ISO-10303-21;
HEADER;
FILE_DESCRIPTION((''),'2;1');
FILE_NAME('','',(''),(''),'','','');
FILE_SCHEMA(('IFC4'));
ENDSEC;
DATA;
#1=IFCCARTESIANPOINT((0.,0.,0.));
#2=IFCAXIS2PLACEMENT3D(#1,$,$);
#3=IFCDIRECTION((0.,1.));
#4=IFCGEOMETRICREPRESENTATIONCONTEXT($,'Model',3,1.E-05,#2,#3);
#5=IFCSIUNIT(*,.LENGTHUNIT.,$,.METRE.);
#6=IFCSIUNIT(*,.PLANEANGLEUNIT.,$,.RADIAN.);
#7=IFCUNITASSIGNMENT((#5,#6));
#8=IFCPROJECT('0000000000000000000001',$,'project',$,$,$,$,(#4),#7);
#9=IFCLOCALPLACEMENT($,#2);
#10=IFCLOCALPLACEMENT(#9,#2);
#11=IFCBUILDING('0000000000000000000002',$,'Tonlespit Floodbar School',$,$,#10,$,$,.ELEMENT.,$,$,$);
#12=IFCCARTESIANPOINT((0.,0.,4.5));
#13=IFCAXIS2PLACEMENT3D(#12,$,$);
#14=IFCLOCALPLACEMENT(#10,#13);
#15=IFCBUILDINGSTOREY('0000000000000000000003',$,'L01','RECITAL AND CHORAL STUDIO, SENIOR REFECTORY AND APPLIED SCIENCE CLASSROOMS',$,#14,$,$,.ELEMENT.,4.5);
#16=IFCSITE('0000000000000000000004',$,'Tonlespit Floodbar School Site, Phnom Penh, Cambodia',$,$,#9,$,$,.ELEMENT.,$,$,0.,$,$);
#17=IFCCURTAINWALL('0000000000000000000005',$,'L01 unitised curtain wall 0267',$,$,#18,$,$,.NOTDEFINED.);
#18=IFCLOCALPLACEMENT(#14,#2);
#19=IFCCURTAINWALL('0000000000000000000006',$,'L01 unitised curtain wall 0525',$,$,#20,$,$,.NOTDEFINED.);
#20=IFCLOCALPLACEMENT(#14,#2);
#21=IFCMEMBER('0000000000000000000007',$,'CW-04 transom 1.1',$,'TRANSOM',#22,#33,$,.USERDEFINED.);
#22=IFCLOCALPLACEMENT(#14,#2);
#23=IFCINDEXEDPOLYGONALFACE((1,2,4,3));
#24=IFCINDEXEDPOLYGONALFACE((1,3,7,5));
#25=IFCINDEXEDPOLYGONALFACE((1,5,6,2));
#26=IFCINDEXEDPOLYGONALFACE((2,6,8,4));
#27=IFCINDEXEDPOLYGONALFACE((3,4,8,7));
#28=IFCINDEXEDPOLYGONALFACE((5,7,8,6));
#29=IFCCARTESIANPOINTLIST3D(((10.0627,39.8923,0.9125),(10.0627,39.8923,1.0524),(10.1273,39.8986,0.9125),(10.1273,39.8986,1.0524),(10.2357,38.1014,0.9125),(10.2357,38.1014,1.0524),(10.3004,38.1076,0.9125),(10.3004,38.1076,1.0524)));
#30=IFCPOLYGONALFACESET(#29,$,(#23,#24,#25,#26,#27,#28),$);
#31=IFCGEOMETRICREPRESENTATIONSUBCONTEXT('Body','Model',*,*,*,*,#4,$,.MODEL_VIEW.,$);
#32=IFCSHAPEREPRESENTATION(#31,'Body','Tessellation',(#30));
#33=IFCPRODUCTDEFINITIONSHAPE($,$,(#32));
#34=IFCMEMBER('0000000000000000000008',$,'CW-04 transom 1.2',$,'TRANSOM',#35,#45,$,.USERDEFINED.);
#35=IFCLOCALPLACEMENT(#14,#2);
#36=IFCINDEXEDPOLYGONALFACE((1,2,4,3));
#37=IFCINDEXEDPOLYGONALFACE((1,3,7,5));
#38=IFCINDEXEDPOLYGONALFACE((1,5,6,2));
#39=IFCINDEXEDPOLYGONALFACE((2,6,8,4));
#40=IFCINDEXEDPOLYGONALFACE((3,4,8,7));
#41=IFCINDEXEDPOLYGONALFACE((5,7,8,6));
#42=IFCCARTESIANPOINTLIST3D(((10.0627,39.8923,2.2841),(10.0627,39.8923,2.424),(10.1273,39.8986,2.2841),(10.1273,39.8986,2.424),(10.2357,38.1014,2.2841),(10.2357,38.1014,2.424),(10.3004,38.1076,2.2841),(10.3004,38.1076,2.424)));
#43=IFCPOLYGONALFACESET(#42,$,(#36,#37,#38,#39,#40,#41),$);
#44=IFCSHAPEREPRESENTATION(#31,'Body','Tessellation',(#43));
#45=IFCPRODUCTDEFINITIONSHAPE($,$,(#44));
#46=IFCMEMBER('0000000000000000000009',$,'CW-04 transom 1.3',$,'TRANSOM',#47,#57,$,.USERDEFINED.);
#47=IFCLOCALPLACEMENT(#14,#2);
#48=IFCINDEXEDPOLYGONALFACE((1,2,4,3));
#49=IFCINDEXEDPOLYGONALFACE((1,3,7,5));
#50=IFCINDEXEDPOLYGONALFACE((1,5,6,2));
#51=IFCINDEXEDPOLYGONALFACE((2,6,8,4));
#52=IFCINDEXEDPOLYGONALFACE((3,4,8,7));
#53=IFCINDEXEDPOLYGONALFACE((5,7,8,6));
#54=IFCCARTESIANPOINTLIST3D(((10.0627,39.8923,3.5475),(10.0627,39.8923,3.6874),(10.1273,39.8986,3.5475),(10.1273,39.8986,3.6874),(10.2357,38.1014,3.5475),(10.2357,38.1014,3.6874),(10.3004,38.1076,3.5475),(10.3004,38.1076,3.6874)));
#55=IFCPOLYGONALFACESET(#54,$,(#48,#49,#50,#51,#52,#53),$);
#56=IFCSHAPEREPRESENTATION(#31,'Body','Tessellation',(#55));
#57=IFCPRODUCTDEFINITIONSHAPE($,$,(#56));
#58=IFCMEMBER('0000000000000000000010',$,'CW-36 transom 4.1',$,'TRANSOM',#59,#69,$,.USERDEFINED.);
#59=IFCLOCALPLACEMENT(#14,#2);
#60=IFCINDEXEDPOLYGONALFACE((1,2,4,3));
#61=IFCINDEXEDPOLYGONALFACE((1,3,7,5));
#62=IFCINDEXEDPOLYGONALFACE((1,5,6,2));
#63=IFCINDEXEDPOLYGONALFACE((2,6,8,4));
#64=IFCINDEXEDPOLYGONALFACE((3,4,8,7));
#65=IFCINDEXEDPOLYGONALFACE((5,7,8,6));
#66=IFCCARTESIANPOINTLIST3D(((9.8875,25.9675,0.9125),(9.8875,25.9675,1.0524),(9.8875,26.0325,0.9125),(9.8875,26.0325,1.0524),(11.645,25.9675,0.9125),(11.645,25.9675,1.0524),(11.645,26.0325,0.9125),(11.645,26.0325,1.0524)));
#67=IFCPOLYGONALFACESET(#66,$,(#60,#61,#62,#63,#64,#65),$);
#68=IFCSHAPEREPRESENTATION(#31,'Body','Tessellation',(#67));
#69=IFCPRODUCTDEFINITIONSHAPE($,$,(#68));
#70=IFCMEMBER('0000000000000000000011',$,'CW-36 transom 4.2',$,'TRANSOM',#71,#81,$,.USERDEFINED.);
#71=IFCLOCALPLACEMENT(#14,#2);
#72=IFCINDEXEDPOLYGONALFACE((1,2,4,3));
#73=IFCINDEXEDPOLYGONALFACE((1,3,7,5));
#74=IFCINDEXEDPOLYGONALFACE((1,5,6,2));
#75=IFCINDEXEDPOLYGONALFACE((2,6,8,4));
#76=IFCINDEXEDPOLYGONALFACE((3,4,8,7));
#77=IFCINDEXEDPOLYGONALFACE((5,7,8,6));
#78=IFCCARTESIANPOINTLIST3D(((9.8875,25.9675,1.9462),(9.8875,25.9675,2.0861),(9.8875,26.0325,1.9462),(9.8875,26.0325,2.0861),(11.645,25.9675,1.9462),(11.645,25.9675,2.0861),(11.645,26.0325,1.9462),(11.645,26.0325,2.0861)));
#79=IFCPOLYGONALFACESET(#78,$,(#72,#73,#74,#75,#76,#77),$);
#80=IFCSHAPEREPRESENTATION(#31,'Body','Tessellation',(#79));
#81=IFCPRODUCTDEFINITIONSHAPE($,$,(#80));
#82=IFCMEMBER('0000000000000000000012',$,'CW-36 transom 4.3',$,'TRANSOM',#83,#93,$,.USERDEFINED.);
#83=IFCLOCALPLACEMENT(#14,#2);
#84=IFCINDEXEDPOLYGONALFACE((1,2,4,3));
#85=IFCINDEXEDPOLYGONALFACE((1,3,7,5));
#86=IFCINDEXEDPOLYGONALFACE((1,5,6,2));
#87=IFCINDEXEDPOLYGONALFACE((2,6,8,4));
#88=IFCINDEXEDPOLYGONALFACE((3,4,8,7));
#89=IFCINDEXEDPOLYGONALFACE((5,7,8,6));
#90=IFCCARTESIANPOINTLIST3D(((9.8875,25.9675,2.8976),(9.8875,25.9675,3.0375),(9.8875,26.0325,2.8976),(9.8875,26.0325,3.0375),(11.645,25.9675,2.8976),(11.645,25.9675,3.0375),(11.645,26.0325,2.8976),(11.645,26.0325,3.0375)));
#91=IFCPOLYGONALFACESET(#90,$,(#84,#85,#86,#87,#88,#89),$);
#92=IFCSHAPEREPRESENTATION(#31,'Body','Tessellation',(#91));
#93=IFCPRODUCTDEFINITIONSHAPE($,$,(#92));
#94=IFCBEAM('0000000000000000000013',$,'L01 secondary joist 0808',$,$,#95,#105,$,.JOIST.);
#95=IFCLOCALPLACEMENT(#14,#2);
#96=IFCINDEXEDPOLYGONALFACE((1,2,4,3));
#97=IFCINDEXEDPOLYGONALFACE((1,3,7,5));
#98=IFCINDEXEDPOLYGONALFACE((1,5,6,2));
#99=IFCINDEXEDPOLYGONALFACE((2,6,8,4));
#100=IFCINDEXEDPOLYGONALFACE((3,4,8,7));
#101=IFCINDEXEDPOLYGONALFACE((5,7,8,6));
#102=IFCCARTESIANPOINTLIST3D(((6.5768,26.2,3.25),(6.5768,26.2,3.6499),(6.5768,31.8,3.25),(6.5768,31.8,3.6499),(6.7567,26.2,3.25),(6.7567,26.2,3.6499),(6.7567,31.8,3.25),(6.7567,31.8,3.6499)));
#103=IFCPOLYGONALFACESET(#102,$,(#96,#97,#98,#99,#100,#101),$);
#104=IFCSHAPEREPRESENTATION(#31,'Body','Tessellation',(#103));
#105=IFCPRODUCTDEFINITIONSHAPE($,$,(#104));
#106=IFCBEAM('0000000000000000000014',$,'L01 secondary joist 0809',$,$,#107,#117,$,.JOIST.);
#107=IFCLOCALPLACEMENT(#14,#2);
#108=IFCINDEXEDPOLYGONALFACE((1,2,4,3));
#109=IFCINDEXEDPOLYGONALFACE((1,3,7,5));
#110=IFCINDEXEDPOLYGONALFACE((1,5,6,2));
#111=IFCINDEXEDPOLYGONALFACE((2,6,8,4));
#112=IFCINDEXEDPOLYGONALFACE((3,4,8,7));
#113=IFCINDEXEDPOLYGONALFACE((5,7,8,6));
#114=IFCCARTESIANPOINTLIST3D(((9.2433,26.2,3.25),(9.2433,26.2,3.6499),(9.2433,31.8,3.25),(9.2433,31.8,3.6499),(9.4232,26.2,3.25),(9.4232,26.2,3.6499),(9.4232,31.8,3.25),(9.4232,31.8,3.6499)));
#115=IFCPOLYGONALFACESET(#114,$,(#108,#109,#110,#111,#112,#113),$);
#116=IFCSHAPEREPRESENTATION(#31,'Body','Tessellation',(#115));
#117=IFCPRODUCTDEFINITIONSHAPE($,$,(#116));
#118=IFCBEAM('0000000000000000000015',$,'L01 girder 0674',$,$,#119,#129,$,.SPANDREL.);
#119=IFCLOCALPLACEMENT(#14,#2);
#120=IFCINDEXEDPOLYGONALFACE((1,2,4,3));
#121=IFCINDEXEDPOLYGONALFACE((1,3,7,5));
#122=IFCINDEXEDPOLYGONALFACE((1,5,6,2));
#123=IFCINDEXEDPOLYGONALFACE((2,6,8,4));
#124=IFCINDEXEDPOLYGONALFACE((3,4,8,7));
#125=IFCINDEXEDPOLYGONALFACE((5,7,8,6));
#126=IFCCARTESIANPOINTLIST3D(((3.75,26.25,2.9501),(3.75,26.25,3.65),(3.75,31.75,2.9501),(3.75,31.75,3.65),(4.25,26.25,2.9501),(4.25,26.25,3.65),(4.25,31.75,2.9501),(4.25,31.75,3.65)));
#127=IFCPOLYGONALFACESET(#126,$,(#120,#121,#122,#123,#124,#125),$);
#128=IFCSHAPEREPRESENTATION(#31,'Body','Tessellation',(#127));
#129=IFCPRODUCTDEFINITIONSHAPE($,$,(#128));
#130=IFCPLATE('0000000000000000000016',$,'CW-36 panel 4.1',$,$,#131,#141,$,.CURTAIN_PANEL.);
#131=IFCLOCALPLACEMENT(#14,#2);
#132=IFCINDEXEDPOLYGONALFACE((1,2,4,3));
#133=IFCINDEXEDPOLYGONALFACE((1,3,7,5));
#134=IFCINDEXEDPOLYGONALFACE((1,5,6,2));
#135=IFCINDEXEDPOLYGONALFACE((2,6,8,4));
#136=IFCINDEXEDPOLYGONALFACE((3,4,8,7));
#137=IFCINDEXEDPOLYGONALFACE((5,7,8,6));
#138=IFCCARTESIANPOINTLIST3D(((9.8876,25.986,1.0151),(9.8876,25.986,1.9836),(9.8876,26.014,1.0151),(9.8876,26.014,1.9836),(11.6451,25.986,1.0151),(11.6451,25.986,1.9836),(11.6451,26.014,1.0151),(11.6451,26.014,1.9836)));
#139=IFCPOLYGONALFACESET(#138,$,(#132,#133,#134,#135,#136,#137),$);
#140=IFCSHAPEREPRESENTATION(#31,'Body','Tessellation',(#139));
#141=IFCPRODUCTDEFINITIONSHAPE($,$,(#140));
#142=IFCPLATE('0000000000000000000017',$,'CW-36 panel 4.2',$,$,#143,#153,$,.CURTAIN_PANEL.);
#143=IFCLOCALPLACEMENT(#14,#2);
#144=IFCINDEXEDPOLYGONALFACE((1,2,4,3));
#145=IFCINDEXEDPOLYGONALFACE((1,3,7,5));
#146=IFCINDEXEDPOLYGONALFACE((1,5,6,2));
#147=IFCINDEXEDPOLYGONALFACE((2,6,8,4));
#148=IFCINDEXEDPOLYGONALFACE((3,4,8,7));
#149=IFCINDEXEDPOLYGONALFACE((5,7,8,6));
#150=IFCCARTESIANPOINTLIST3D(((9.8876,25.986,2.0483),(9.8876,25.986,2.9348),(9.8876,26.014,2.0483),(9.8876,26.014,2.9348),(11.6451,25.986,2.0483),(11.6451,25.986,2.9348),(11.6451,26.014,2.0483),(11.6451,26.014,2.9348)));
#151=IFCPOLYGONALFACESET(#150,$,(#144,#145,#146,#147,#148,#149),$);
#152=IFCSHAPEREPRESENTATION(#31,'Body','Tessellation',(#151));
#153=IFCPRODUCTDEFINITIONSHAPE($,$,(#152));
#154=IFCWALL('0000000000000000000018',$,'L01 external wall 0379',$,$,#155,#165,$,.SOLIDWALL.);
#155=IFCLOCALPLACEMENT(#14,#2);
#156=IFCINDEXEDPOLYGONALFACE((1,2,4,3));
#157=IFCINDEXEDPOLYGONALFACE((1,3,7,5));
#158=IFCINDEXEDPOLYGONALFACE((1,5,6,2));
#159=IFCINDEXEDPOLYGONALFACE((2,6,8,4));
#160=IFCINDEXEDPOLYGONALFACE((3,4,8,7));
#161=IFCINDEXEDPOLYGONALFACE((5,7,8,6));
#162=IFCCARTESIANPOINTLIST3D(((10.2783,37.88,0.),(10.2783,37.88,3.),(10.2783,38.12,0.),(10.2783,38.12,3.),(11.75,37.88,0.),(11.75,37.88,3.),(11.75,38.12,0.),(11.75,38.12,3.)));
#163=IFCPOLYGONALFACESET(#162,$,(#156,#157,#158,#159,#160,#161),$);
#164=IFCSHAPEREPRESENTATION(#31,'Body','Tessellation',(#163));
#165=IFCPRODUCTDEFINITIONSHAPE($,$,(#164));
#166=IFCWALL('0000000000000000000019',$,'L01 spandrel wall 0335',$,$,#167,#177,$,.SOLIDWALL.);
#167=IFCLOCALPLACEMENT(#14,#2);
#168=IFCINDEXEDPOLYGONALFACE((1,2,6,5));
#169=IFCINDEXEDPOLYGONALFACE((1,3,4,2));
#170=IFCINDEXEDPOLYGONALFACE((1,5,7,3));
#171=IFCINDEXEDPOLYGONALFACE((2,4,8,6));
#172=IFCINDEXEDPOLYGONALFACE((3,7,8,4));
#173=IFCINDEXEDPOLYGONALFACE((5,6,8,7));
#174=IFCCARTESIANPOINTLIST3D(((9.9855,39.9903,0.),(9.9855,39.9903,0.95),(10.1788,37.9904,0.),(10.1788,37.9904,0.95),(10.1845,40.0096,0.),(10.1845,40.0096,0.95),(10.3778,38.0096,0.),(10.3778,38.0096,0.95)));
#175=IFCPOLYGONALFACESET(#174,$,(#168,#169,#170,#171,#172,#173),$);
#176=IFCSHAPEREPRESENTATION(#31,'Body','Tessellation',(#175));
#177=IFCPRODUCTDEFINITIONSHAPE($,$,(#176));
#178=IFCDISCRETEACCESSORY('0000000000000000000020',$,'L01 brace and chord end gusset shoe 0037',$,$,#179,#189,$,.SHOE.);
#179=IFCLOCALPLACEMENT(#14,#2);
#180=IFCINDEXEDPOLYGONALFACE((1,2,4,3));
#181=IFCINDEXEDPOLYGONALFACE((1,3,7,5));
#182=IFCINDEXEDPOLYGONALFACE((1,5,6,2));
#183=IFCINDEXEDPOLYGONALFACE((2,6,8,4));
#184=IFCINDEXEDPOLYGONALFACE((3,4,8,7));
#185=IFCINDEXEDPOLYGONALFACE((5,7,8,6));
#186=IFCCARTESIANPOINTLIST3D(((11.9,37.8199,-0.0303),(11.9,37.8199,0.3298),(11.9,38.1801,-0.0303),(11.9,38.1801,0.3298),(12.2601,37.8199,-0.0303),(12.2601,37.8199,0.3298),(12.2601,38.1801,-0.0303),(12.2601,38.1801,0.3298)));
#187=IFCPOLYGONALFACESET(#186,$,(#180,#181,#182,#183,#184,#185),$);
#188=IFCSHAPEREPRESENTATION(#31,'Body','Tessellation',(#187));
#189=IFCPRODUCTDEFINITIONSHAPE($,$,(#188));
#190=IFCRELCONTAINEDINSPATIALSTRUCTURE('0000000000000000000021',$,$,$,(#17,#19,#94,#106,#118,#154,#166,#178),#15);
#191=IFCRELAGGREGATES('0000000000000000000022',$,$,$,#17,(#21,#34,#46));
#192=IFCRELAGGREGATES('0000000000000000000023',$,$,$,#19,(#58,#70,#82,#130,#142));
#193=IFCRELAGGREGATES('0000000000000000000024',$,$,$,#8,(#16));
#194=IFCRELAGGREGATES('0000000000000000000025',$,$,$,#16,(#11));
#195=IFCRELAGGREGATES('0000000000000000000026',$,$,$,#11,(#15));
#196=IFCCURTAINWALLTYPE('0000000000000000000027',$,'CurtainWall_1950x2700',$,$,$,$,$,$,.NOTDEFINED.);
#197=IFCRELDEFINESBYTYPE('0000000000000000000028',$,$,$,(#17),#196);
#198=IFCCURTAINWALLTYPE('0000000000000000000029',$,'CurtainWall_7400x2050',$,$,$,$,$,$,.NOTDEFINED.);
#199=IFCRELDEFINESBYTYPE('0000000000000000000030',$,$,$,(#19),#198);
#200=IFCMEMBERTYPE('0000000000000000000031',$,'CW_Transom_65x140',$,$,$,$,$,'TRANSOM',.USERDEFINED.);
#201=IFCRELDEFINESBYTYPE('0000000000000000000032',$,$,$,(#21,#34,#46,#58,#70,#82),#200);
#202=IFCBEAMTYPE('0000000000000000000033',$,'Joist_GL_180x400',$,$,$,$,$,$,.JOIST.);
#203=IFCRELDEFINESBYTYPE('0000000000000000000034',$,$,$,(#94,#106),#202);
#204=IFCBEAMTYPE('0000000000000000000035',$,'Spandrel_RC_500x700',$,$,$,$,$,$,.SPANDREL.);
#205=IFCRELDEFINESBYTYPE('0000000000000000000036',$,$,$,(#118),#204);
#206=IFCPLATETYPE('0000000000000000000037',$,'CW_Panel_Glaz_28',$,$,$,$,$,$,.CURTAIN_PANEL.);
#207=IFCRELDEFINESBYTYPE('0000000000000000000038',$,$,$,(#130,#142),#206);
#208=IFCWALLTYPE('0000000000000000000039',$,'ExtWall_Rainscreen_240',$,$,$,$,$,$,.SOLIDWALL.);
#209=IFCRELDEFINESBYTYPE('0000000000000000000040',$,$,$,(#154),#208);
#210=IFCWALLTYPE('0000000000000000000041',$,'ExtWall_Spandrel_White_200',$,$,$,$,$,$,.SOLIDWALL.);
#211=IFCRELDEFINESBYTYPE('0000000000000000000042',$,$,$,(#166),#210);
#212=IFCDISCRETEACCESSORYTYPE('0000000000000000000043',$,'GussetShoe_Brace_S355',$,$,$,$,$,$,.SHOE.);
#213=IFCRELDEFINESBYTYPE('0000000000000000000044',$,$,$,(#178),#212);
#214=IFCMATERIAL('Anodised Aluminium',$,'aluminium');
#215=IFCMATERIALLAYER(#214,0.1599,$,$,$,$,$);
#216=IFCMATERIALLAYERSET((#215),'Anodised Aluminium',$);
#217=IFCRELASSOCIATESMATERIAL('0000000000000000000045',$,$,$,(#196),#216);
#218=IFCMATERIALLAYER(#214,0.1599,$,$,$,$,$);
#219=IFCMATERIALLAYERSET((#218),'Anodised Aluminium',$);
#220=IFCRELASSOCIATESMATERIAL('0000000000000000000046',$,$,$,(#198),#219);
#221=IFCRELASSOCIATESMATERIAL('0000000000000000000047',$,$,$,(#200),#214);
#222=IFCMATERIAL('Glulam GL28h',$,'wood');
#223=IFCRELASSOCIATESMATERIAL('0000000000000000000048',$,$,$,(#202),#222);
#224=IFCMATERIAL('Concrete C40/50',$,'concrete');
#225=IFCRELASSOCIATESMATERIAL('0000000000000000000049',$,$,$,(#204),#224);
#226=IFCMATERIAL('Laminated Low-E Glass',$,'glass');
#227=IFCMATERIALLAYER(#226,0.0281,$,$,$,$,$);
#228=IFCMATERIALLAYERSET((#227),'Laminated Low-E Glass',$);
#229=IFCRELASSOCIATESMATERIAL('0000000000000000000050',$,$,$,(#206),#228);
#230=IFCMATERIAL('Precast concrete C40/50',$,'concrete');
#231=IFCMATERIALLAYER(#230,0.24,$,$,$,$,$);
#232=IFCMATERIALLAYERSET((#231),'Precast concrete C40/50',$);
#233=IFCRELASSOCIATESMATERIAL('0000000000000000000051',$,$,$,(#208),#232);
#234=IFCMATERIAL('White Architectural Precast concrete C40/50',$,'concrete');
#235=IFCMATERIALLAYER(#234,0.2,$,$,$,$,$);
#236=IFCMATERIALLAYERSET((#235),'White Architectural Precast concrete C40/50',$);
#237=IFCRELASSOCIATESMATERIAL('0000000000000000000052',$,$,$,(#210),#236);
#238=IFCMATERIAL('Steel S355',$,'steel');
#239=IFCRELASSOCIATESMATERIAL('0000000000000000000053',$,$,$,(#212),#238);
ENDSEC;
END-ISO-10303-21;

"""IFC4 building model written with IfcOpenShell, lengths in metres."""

from ifc_helpers import new_model, si_unit, direction, frame, frame_2d, origin, origin_2d, place, context, subcontext, project, spatial, rectangle, extrude, material, layer, layer_set, material_profile, profile_set, type_object, element, aggregate, save


model = new_model("IFC4")

# Units and contexts
model_context = context("Model", 3, precision=1e-05, world=origin(), true_north=direction((0.0, 1.0)))
body_context = subcontext(model_context, "Body", "Model", "MODEL_VIEW")
ifc_project = project(units=[si_unit("LENGTHUNIT", "METRE"), si_unit("PLANEANGLEUNIT", "RADIAN")], contexts=[model_context])

# Site, building, storey
site_placement = place(None, origin())
site = spatial("IfcSite", under=ifc_project, at=site_placement, Name="Tonlespit Floodbar School Site, Phnom Penh, Cambodia", CompositionType="ELEMENT", RefElevation=0.0)
building_placement = place(site_placement, origin())
building = spatial("IfcBuilding", under=site, at=building_placement, Name="Tonlespit Floodbar School", CompositionType="ELEMENT")
storey_placement = place(building_placement, frame((0.0, 0.0, 4.5)))
storey = spatial("IfcBuildingStorey", under=building, at=storey_placement, Name="L01", Description="RECITAL AND CHORAL STUDIO, SENIOR REFECTORY AND APPLIED SCIENCE CLASSROOMS", CompositionType="ELEMENT", Elevation=4.5)

# Shared definitions
ifc_material_1 = material(Name="Concrete C40/50", Category="concrete")

# Shared definitions
ifc_material_2 = material(Name="Steel S355", Category="steel")

# Curtain wall
ifc_material_3 = material(Name="Anodised Aluminium", Category="aluminium")
ifc_layer_1 = layer(ifc_material_3, 0.1599)
ifc_layer_set_1 = layer_set([ifc_layer_1], Name="Anodised Aluminium")
curtain_wall_type_1 = type_object("IfcCurtainWallType", Name="CurtainWall_1950x2700", PredefinedType="NOTDEFINED", material=ifc_layer_set_1)
curtain_wall_1_placement = place(storey_placement, origin())
curtain_wall_1 = element("IfcCurtainWall", 1, at=curtain_wall_1_placement, inside=storey, type_object=curtain_wall_type_1, Name="L01 unitised curtain wall 0267", PredefinedType="NOTDEFINED")

# Curtain wall
ifc_layer_2 = layer(ifc_material_3, 0.1599)
ifc_layer_set_2 = layer_set([ifc_layer_2], Name="Anodised Aluminium")
curtain_wall_type_2 = type_object("IfcCurtainWallType", Name="CurtainWall_7400x2050", PredefinedType="NOTDEFINED", material=ifc_layer_set_2)
curtain_wall_2_placement = place(storey_placement, origin())
curtain_wall_2 = element("IfcCurtainWall", 2, at=curtain_wall_2_placement, inside=storey, type_object=curtain_wall_type_2, Name="L01 unitised curtain wall 0525", PredefinedType="NOTDEFINED")

# Members
ifc_material_profile_1 = material_profile(ifc_material_3, rectangle(XDim=0.0649, YDim=0.1399, at=origin_2d()), Name="ALU T65x140")
ifc_profile_set_1 = profile_set([ifc_material_profile_1], Name="Anodised Aluminium")
member_type_1 = type_object("IfcMemberType", Name="CW_Transom_65x140", ElementType="TRANSOM", PredefinedType="USERDEFINED", material=ifc_profile_set_1)
member_1_placement = place(storey_placement, frame((10.2681, 38.1045, 0.9824), z_axis=(-0.096198, 0.995362, 0.0), x_axis=(-0.995362, -0.096198, 0.0)))
member_1 = element("IfcMember", 3, at=member_1_placement, type_object=member_type_1, Name="CW-04 transom 1.1", ObjectType="TRANSOM", PredefinedType="USERDEFINED", context=body_context, shape_type="SweptSolid", body=[
    extrude(rectangle(XDim=0.0649, YDim=0.1399, at=origin_2d()), origin(), (0.0, 0.0, 1.0), 1.7993),
])
member_2_placement = place(storey_placement, frame((10.2681, 38.1045, 2.354), z_axis=(-0.096198, 0.995362, 0.0), x_axis=(-0.995362, -0.096198, 0.0)))
member_2 = element("IfcMember", 4, at=member_2_placement, type_object=member_type_1, Name="CW-04 transom 1.2", ObjectType="TRANSOM", PredefinedType="USERDEFINED", context=body_context, shape_type="SweptSolid", body=[
    extrude(rectangle(XDim=0.0649, YDim=0.1399, at=origin_2d()), origin(), (0.0, 0.0, 1.0), 1.7993),
])
member_3_placement = place(storey_placement, frame((10.2681, 38.1045, 3.6174), z_axis=(-0.096198, 0.995362, 0.0), x_axis=(-0.995362, -0.096198, 0.0)))
member_3 = element("IfcMember", 5, at=member_3_placement, type_object=member_type_1, Name="CW-04 transom 1.3", ObjectType="TRANSOM", PredefinedType="USERDEFINED", context=body_context, shape_type="SweptSolid", body=[
    extrude(rectangle(XDim=0.0649, YDim=0.1399, at=origin_2d()), origin(), (0.0, 0.0, 1.0), 1.7993),
])
aggregate(curtain_wall_1, [member_1, member_2, member_3])
member_4_placement = place(storey_placement, frame((9.8875, 26.0, 0.9824), z_axis=(1.0, 0.0, 0.0), x_axis=(0.0, 1.0, 0.0)))
member_4 = element("IfcMember", 6, at=member_4_placement, type_object=member_type_1, Name="CW-36 transom 4.1", ObjectType="TRANSOM", PredefinedType="USERDEFINED", context=body_context, shape_type="SweptSolid", body=[
    extrude(rectangle(XDim=0.0649, YDim=0.1399, at=origin_2d()), origin(), (0.0, 0.0, 1.0), 1.7576),
])
member_5_placement = place(storey_placement, frame((9.8875, 26.0, 2.0161), z_axis=(1.0, 0.0, 0.0), x_axis=(0.0, 1.0, 0.0)))
member_5 = element("IfcMember", 7, at=member_5_placement, type_object=member_type_1, Name="CW-36 transom 4.2", ObjectType="TRANSOM", PredefinedType="USERDEFINED", context=body_context, shape_type="SweptSolid", body=[
    extrude(rectangle(XDim=0.0649, YDim=0.1399, at=origin_2d()), origin(), (0.0, 0.0, 1.0), 1.7576),
])
member_6_placement = place(storey_placement, frame((9.8875, 26.0, 2.9675), z_axis=(1.0, 0.0, 0.0), x_axis=(0.0, 1.0, 0.0)))
member_6 = element("IfcMember", 8, at=member_6_placement, type_object=member_type_1, Name="CW-36 transom 4.3", ObjectType="TRANSOM", PredefinedType="USERDEFINED", context=body_context, shape_type="SweptSolid", body=[
    extrude(rectangle(XDim=0.0649, YDim=0.1399, at=origin_2d()), origin(), (0.0, 0.0, 1.0), 1.7576),
])

# Beams
ifc_material_4 = material(Name="Glulam GL28h", Category="wood")
ifc_material_profile_2 = material_profile(ifc_material_4, rectangle(XDim=0.1799, YDim=0.3999, at=origin_2d()), Name="GL 180x400")
ifc_profile_set_2 = profile_set([ifc_material_profile_2], Name="Glulam GL28h")
beam_type_1 = type_object("IfcBeamType", Name="Joist_GL_180x400", PredefinedType="JOIST", material=ifc_profile_set_2)
for number, where, z_axis, x_axis, name in (
    (9, (6.6667, 26.2, 3.45), (0.0, 1.0, 0.0), (-1.0, 0.0, 0.0), "L01 secondary joist 0808"),
    (10, (9.3333, 26.2, 3.45), (0.0, 1.0, 0.0), (-1.0, 0.0, 0.0), "L01 secondary joist 0809"),
):
    element("IfcBeam", number, at=place(storey_placement, frame(where, z_axis=z_axis, x_axis=x_axis)), inside=storey, type_object=beam_type_1, Name=name, PredefinedType="JOIST", context=body_context, shape_type="SweptSolid", body=[
        extrude(rectangle(XDim=0.1799, YDim=0.3999, at=origin_2d()), origin(), (0.0, 0.0, 1.0), 5.6001),
    ])
ifc_material_profile_3 = material_profile(ifc_material_1, rectangle(XDim=0.5, YDim=0.7, at=origin_2d()), Name="RC 500x700")
ifc_profile_set_3 = profile_set([ifc_material_profile_3], Name="Concrete C40/50")
beam_type_2 = type_object("IfcBeamType", Name="Spandrel_RC_500x700", PredefinedType="SPANDREL", material=ifc_profile_set_3)
beam_1_placement = place(storey_placement, frame((4.0, 26.25, 3.3), z_axis=(0.0, 1.0, 0.0), x_axis=(-1.0, 0.0, 0.0)))
element("IfcBeam", 11, at=beam_1_placement, inside=storey, type_object=beam_type_2, Name="L01 girder 0674", PredefinedType="SPANDREL", context=body_context, shape_type="SweptSolid", body=[
    extrude(rectangle(XDim=0.5, YDim=0.7, at=origin_2d()), origin(), (0.0, 0.0, 1.0), 5.5),
])

# Plates
ifc_material_5 = material(Name="Laminated Low-E Glass", Category="glass")
ifc_layer_3 = layer(ifc_material_5, 0.0281)
ifc_layer_set_3 = layer_set([ifc_layer_3], Name="Laminated Low-E Glass")
plate_type = type_object("IfcPlateType", Name="CW_Panel_Glaz_28", PredefinedType="CURTAIN_PANEL", material=ifc_layer_set_3)
plate_1_placement = place(storey_placement, frame((10.7664, 26.0, 1.0151), z_axis=(0.0, 0.0, 1.0), x_axis=(1.0, 0.0, 0.0)))
plate_1 = element("IfcPlate", 12, at=plate_1_placement, type_object=plate_type, Name="CW-36 panel 4.1", PredefinedType="CURTAIN_PANEL", context=body_context, shape_type="SweptSolid", body=[
    extrude(rectangle(XDim=1.7576, YDim=0.0281, at=origin_2d()), origin(), (0.0, 0.0, 1.0), 0.9685),
])
plate_2_placement = place(storey_placement, frame((10.7664, 26.0, 2.0483), z_axis=(0.0, 0.0, 1.0), x_axis=(1.0, 0.0, 0.0)))
plate_2 = element("IfcPlate", 13, at=plate_2_placement, type_object=plate_type, Name="CW-36 panel 4.2", PredefinedType="CURTAIN_PANEL", context=body_context, shape_type="SweptSolid", body=[
    extrude(rectangle(XDim=1.7576, YDim=0.0281, at=origin_2d()), origin(), (0.0, 0.0, 1.0), 0.8865),
])
aggregate(curtain_wall_2, [member_4, member_5, member_6, plate_1, plate_2])

# Walls
ifc_material_6 = material(Name="Precast concrete C40/50", Category="concrete")
ifc_layer_4 = layer(ifc_material_6, 0.24)
ifc_layer_set_4 = layer_set([ifc_layer_4], Name="Precast concrete C40/50")
wall_type_1 = type_object("IfcWallType", Name="ExtWall_Rainscreen_240", PredefinedType="SOLIDWALL", material=ifc_layer_set_4)
wall_1_placement = place(storey_placement, frame((11.75, 38.0, 0.0), z_axis=(0.0, 0.0, 1.0), x_axis=(-1.0, 0.0, 0.0)))
element("IfcWall", 14, at=wall_1_placement, inside=storey, type_object=wall_type_1, Name="L01 external wall 0379", PredefinedType="SOLIDWALL", context=body_context, shape_type="SweptSolid", body=[
    extrude(rectangle(XDim=1.4717, YDim=0.24, at=frame_2d((0.7358, 0.0))), origin(), (0.0, 0.0, 1.0), 3.0),
])
ifc_material_7 = material(Name="White Architectural Precast concrete C40/50", Category="concrete")
ifc_layer_5 = layer(ifc_material_7, 0.2)
ifc_layer_set_5 = layer_set([ifc_layer_5], Name="White Architectural Precast concrete C40/50")
wall_type_2 = type_object("IfcWallType", Name="ExtWall_Spandrel_White_200", PredefinedType="SOLIDWALL", material=ifc_layer_set_5)
wall_2_placement = place(storey_placement, frame((10.2783, 38.0, 0.0), z_axis=(0.0, 0.0, 1.0), x_axis=(-0.096231, 0.995359, 0.0)))
element("IfcWall", 15, at=wall_2_placement, inside=storey, type_object=wall_type_2, Name="L01 spandrel wall 0335", PredefinedType="SOLIDWALL", context=body_context, shape_type="SweptSolid", body=[
    extrude(rectangle(XDim=2.0093, YDim=0.2, at=frame_2d((1.0046, 0.0))), origin(), (0.0, 0.0, 1.0), 0.95),
])

# Discrete accessory
discrete_accessory_type = type_object("IfcDiscreteAccessoryType", Name="GussetShoe_Brace_S355", PredefinedType="SHOE", material=ifc_material_2)
discrete_accessory_placement = place(storey_placement, frame((12.0801, 38.0, -0.0303), z_axis=(0.0, 0.0, 1.0), x_axis=(1.0, 0.0, 0.0)))
element("IfcDiscreteAccessory", 16, at=discrete_accessory_placement, inside=storey, type_object=discrete_accessory_type, Name="L01 brace and chord end gusset shoe 0037", PredefinedType="SHOE", context=body_context, shape_type="SweptSolid", body=[
    extrude(rectangle(XDim=0.3601, YDim=0.3601, at=origin_2d()), origin(), (0.0, 0.0, 1.0), 0.3601),
])

save(model, "model.ifc")
